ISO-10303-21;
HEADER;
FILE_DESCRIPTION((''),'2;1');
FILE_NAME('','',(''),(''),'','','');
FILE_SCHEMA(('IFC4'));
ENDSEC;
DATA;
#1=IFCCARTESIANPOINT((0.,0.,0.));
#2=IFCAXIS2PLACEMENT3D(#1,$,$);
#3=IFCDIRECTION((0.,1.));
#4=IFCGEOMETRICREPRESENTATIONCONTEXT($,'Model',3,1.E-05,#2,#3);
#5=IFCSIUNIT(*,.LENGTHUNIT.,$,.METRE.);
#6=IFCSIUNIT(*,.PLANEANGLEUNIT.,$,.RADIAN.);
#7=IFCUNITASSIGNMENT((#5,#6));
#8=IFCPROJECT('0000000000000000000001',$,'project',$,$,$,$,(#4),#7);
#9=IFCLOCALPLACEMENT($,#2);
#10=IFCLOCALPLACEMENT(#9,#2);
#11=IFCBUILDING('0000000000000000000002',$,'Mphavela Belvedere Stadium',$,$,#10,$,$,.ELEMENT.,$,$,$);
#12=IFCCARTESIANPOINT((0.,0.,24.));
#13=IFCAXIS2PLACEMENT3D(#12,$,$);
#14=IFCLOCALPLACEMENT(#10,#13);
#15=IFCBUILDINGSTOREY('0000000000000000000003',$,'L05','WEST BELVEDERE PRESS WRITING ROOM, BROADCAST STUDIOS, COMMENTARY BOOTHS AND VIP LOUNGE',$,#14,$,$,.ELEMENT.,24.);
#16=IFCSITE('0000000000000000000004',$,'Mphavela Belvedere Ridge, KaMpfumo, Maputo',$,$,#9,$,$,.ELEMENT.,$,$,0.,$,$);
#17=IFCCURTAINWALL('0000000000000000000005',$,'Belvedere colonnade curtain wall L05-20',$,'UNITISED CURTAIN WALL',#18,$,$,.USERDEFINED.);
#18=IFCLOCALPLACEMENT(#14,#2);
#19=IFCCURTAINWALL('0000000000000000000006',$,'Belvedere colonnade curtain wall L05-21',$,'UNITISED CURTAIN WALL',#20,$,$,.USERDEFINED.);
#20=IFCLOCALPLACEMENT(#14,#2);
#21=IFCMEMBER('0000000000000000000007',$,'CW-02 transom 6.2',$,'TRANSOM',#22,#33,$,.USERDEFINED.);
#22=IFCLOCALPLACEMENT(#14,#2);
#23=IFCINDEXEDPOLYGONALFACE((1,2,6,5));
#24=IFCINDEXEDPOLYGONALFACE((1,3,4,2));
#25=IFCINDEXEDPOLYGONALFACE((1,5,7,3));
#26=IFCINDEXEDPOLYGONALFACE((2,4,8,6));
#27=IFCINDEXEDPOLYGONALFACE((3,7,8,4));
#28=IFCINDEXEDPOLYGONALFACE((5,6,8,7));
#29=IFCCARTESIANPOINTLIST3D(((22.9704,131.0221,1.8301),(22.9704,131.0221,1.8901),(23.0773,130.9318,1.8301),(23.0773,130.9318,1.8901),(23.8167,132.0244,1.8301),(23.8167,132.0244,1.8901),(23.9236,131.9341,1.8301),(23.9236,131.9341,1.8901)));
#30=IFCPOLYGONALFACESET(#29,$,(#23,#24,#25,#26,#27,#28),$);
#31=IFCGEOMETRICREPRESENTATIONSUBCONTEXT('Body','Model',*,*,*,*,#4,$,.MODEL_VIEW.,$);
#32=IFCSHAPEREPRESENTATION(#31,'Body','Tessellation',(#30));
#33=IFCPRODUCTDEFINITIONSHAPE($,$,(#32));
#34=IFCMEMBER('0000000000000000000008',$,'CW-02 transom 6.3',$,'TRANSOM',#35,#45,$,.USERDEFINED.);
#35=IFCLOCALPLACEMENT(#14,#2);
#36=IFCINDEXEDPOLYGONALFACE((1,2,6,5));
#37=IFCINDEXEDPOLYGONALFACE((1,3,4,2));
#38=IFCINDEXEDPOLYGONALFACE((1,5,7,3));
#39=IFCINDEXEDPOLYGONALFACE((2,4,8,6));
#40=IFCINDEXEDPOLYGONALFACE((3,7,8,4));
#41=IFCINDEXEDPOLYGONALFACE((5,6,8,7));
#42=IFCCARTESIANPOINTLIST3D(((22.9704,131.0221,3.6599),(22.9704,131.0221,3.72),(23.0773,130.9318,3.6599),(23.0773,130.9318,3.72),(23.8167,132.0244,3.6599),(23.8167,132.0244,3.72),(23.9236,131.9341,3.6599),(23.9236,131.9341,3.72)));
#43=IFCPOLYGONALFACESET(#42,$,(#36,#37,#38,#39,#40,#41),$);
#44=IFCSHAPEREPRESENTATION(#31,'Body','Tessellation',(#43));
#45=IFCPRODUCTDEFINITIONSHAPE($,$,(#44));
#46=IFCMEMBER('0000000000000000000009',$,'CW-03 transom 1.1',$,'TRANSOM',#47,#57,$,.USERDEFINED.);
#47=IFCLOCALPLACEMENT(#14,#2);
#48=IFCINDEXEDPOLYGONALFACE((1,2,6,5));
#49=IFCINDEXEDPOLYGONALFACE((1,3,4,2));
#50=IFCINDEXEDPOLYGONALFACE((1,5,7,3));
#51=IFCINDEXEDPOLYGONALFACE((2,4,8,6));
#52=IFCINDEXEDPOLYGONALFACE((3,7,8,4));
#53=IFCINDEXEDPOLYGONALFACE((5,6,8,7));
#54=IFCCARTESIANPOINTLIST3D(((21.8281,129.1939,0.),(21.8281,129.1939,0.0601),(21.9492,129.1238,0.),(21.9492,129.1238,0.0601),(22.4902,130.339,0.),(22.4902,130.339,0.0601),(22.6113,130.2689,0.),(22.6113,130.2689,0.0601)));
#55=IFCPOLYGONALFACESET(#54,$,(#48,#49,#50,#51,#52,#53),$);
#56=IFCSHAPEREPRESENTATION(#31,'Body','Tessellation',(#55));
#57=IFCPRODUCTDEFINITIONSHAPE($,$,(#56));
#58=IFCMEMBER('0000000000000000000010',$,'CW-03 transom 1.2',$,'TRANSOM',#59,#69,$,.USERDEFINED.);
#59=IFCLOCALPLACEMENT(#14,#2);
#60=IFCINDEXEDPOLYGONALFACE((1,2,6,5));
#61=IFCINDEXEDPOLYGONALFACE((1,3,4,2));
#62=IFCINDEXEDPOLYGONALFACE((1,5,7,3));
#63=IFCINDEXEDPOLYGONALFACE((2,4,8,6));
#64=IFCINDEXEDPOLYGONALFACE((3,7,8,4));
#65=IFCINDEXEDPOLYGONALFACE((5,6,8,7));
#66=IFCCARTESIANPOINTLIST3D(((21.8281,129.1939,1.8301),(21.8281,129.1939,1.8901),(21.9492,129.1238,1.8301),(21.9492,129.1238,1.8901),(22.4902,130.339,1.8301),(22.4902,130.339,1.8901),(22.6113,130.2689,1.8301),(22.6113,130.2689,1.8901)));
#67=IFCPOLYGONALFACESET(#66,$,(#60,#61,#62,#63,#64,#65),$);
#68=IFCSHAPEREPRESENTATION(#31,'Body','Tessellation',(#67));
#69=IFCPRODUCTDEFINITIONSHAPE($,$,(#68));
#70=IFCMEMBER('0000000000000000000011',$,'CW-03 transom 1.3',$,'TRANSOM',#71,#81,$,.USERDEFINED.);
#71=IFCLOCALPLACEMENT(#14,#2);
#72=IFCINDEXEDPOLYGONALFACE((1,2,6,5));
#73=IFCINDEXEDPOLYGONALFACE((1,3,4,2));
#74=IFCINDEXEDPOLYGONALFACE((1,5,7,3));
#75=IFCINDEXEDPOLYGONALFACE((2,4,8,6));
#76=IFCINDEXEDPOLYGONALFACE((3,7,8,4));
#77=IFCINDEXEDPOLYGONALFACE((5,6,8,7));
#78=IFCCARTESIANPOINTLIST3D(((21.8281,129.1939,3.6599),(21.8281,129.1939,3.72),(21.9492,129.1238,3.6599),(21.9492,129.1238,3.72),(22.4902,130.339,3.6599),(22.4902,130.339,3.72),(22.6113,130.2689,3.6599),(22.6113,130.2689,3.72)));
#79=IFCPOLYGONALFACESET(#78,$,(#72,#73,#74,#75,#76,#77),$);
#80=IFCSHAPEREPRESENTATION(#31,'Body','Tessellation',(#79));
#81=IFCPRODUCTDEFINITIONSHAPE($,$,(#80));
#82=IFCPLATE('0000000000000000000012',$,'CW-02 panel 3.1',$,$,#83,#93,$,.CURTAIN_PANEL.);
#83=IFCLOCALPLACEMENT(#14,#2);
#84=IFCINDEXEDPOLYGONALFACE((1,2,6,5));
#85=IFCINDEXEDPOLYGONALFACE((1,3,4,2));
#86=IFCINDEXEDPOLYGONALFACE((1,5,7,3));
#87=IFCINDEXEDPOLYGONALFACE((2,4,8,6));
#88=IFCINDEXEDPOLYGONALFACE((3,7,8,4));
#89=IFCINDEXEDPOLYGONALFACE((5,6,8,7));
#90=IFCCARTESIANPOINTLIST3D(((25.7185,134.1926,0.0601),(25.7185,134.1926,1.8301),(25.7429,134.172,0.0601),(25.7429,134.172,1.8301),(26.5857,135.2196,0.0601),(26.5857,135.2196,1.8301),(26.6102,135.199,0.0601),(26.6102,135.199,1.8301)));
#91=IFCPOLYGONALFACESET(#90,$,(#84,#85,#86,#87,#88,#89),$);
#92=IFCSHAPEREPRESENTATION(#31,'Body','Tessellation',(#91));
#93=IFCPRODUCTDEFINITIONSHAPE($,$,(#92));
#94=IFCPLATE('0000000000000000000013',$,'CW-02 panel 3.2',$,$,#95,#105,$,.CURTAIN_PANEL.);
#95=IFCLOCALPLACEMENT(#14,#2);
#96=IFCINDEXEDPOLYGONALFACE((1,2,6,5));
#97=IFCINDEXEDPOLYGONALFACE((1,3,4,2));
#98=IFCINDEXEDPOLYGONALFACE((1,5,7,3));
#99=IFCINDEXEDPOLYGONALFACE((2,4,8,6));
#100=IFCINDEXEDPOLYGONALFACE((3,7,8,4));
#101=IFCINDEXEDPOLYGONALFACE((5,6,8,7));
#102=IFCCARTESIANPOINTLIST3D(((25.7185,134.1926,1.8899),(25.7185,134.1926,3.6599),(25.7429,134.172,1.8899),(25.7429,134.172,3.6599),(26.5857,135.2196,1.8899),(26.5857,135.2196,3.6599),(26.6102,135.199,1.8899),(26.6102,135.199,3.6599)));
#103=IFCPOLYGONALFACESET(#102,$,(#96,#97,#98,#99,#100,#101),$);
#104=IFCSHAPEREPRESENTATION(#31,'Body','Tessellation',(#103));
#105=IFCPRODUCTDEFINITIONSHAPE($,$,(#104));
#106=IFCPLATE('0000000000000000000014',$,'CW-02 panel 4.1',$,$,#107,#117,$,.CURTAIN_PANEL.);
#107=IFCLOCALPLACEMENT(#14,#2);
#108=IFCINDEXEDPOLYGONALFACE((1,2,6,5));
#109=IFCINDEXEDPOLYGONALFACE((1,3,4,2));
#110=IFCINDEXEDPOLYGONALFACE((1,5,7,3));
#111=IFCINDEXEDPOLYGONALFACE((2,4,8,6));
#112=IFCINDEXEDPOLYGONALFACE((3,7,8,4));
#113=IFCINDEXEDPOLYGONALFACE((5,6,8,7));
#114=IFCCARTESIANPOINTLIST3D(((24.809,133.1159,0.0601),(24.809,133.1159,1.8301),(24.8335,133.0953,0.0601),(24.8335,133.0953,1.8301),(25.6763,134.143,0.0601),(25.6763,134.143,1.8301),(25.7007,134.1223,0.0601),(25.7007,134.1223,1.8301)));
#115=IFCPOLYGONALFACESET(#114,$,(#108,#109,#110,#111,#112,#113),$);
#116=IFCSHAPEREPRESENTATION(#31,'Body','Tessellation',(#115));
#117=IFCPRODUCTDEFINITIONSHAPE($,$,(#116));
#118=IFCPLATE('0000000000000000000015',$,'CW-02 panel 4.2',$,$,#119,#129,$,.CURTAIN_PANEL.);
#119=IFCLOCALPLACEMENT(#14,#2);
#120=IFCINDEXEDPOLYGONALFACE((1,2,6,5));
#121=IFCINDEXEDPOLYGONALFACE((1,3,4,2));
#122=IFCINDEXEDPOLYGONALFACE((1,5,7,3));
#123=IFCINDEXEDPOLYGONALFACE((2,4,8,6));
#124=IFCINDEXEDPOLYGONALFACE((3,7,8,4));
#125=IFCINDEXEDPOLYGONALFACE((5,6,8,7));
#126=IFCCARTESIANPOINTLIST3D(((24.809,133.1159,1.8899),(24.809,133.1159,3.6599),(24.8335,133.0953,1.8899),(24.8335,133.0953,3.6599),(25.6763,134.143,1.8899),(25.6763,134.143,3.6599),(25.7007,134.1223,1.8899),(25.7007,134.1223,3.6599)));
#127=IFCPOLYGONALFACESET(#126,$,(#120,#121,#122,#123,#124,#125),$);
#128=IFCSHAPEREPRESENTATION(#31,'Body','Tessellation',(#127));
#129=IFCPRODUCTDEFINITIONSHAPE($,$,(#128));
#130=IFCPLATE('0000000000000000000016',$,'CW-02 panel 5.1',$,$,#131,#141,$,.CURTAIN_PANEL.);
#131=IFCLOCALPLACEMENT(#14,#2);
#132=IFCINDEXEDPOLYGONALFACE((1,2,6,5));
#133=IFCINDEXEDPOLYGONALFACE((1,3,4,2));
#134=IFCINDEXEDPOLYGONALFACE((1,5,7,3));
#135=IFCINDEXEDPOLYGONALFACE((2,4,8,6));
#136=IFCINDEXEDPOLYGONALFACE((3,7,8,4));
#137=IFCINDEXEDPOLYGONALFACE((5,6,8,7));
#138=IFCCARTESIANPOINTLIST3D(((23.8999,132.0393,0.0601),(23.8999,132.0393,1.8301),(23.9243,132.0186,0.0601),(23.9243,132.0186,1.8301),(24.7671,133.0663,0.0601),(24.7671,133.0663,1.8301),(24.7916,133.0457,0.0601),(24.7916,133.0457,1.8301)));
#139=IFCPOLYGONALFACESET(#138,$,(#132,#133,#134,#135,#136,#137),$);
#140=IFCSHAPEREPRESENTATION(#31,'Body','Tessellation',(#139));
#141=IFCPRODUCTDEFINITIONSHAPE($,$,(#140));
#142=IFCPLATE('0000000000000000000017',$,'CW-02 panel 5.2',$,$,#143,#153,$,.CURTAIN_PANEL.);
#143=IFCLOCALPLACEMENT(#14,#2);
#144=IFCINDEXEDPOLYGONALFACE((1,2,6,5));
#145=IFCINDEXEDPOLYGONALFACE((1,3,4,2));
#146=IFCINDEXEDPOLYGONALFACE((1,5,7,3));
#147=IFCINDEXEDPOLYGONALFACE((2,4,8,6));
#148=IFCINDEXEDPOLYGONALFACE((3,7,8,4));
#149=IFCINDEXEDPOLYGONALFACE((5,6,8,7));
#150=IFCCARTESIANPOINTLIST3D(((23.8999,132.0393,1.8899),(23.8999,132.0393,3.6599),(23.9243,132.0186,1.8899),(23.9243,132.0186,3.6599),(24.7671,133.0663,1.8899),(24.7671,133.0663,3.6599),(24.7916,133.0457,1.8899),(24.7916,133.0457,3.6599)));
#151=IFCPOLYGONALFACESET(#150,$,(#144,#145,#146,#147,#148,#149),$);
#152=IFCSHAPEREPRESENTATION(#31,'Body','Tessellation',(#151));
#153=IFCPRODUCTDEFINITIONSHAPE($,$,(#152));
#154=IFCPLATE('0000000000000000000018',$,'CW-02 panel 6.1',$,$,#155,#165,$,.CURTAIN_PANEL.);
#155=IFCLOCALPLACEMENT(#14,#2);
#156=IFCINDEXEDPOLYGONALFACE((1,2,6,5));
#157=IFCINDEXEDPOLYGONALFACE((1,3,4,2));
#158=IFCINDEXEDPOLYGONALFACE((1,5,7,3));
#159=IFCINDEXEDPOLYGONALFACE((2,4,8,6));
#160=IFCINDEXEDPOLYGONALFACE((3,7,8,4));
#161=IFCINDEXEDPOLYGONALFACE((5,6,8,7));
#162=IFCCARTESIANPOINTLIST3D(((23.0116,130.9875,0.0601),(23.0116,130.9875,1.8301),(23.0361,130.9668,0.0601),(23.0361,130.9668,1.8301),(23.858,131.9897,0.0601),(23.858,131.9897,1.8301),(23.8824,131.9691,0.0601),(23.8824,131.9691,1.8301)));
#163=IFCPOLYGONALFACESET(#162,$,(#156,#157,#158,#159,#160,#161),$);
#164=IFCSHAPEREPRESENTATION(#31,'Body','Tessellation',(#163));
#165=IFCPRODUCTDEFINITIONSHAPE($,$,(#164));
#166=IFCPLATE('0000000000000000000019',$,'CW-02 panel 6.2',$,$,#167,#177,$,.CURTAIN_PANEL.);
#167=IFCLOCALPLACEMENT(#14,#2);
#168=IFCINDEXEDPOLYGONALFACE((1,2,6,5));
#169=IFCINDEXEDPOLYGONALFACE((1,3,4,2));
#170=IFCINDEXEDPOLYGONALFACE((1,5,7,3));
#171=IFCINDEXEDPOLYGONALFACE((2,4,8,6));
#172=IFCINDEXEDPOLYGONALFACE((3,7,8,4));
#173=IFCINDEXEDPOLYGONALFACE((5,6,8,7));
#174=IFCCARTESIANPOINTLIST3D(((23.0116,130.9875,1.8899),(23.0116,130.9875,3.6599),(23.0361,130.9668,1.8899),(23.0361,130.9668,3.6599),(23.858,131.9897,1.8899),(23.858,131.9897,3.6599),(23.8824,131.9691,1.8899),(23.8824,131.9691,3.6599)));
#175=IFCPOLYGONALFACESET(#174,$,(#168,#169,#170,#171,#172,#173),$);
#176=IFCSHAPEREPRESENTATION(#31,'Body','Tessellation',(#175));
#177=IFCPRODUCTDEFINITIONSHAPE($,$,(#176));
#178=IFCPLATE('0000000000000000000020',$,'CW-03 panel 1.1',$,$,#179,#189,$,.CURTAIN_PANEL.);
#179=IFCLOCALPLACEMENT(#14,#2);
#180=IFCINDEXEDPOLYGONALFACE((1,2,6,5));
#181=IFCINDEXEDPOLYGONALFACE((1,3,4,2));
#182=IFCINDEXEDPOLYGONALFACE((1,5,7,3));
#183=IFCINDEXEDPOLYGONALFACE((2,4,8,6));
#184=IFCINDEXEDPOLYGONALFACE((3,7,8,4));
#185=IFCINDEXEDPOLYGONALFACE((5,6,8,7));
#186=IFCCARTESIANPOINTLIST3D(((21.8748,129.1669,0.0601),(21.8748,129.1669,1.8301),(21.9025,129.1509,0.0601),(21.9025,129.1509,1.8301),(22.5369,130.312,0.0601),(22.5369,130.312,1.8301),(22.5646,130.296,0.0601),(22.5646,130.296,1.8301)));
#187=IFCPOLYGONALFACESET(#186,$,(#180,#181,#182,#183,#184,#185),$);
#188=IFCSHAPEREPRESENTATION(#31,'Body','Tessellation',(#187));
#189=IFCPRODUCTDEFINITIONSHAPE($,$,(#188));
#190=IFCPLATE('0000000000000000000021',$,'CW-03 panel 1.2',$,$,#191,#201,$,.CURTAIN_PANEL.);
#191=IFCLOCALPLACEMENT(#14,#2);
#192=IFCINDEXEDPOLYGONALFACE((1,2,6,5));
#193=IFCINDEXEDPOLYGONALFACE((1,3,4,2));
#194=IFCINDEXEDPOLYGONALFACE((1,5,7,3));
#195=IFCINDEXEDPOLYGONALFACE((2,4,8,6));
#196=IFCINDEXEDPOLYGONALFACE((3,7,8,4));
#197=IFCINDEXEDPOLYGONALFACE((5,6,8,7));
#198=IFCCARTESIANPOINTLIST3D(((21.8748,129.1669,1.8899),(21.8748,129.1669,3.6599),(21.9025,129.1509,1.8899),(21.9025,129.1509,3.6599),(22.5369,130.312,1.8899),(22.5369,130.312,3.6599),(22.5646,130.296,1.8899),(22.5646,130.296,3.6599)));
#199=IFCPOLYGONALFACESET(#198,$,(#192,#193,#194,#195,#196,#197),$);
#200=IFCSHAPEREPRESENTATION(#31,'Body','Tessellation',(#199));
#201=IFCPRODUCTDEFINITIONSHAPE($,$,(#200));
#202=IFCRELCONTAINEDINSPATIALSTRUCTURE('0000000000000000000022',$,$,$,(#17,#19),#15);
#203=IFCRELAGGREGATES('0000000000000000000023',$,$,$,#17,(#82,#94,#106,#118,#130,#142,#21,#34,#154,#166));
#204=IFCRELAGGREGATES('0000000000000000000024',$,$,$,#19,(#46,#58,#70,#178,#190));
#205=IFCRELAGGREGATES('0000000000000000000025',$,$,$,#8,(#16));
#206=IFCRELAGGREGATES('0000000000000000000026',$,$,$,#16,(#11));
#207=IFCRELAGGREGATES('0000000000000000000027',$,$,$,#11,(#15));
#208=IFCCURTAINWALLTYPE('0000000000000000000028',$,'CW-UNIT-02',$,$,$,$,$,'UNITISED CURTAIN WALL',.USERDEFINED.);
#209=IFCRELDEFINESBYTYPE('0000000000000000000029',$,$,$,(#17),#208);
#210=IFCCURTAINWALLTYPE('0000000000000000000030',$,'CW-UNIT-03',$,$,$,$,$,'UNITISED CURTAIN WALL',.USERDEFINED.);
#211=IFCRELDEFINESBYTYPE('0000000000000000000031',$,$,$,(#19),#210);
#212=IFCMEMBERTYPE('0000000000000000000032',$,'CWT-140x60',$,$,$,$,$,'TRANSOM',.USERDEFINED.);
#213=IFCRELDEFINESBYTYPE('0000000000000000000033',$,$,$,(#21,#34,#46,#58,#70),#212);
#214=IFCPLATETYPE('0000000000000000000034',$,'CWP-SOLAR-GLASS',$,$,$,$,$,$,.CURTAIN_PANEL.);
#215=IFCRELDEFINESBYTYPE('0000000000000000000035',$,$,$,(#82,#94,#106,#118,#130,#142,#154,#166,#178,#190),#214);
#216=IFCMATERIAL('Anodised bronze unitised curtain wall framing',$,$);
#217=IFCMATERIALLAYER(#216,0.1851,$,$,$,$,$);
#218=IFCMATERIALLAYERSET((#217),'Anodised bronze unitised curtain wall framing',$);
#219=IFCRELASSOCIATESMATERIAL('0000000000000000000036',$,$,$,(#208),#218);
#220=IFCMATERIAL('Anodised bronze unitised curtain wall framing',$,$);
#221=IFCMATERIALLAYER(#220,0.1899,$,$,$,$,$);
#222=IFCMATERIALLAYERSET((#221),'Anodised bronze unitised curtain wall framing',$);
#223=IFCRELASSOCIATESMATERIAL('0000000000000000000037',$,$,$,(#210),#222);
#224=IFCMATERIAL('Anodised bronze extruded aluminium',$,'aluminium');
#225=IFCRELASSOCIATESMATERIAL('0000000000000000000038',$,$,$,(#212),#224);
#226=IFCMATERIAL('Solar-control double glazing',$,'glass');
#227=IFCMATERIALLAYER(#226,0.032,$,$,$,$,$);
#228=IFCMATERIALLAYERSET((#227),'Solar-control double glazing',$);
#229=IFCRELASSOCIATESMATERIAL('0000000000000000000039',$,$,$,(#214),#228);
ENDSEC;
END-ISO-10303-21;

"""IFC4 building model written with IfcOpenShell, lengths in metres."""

from ifc_helpers import new_model, si_unit, direction, frame, origin, origin_2d, place, context, subcontext, project, spatial, rectangle, extrude, material, layer, layer_set, material_profile, profile_set, type_object, element, aggregate, save


model = new_model("IFC4")

# Units and contexts
model_context = context("Model", 3, precision=1e-05, world=origin(), true_north=direction((0.0, 1.0)))
body_context = subcontext(model_context, "Body", "Model", "MODEL_VIEW")
ifc_project = project(units=[si_unit("LENGTHUNIT", "METRE"), si_unit("PLANEANGLEUNIT", "RADIAN")], contexts=[model_context])

# Site, building, storey
site_placement = place(None, origin())
site = spatial("IfcSite", under=ifc_project, at=site_placement, Name="Mphavela Belvedere Ridge, KaMpfumo, Maputo", CompositionType="ELEMENT", RefElevation=0.0)
building_placement = place(site_placement, origin())
building = spatial("IfcBuilding", under=site, at=building_placement, Name="Mphavela Belvedere Stadium", CompositionType="ELEMENT")
storey_placement = place(building_placement, frame((0.0, 0.0, 24.0)))
storey = spatial("IfcBuildingStorey", under=building, at=storey_placement, Name="L05", Description="WEST BELVEDERE PRESS WRITING ROOM, BROADCAST STUDIOS, COMMENTARY BOOTHS AND VIP LOUNGE", CompositionType="ELEMENT", Elevation=24.0)

# Curtain wall
ifc_material_1 = material(Name="Anodised bronze unitised curtain wall framing")
ifc_layer_1 = layer(ifc_material_1, 0.1851)
ifc_layer_set_1 = layer_set([ifc_layer_1], Name="Anodised bronze unitised curtain wall framing")
curtain_wall_type_1 = type_object("IfcCurtainWallType", Name="CW-UNIT-02", ElementType="UNITISED CURTAIN WALL", PredefinedType="USERDEFINED", material=ifc_layer_set_1)
curtain_wall_1_placement = place(storey_placement, origin())
curtain_wall_1 = element("IfcCurtainWall", 1, at=curtain_wall_1_placement, inside=storey, type_object=curtain_wall_type_1, Name="Belvedere colonnade curtain wall L05-20", ObjectType="UNITISED CURTAIN WALL", PredefinedType="USERDEFINED")

# Curtain wall
ifc_material_2 = material(Name="Anodised bronze unitised curtain wall framing")
ifc_layer_2 = layer(ifc_material_2, 0.1899)
ifc_layer_set_2 = layer_set([ifc_layer_2], Name="Anodised bronze unitised curtain wall framing")
curtain_wall_type_2 = type_object("IfcCurtainWallType", Name="CW-UNIT-03", ElementType="UNITISED CURTAIN WALL", PredefinedType="USERDEFINED", material=ifc_layer_set_2)
curtain_wall_2_placement = place(storey_placement, origin())
curtain_wall_2 = element("IfcCurtainWall", 2, at=curtain_wall_2_placement, inside=storey, type_object=curtain_wall_type_2, Name="Belvedere colonnade curtain wall L05-21", ObjectType="UNITISED CURTAIN WALL", PredefinedType="USERDEFINED")

# Members
ifc_material_3 = material(Name="Anodised bronze extruded aluminium", Category="aluminium")
ifc_material_profile_1 = material_profile(ifc_material_3, rectangle(XDim=0.1399, YDim=0.0601, at=origin_2d()), Name="CW-TRN 140x60")
ifc_profile_set_1 = profile_set([ifc_material_profile_1], Name="Anodised bronze extruded aluminium")
member_type_1 = type_object("IfcMemberType", Name="CWT-140x60", ElementType="TRANSOM", PredefinedType="USERDEFINED", material=ifc_profile_set_1)
member_1_placement = place(storey_placement, frame((23.8701, 131.9792, 1.8601), z_axis=(-0.645133, -0.764071, 0.0), x_axis=(0.764071, -0.645133, 0.0)))
member_1 = element("IfcMember", 3, at=member_1_placement, type_object=member_type_1, Name="CW-02 transom 6.2", ObjectType="TRANSOM", PredefinedType="USERDEFINED", context=body_context, shape_type="SweptSolid", body=[
    extrude(rectangle(XDim=0.1399, YDim=0.0601, at=origin_2d()), origin(), (0.0, 0.0, 1.0), 1.3118),
])
member_2_placement = place(storey_placement, frame((23.8701, 131.9792, 3.6899), z_axis=(-0.645133, -0.764071, 0.0), x_axis=(0.764071, -0.645133, 0.0)))
member_2 = element("IfcMember", 4, at=member_2_placement, type_object=member_type_1, Name="CW-02 transom 6.3", ObjectType="TRANSOM", PredefinedType="USERDEFINED", context=body_context, shape_type="SweptSolid", body=[
    extrude(rectangle(XDim=0.1399, YDim=0.0601, at=origin_2d()), origin(), (0.0, 0.0, 1.0), 1.3118),
])
member_3_placement = place(storey_placement, frame((22.5508, 130.304, 0.03), z_axis=(-0.500585, -0.865687, 0.0), x_axis=(0.865687, -0.500585, 0.0)))
member_3 = element("IfcMember", 5, at=member_3_placement, type_object=member_type_1, Name="CW-03 transom 1.1", ObjectType="TRANSOM", PredefinedType="USERDEFINED", context=body_context, shape_type="SweptSolid", body=[
    extrude(rectangle(XDim=0.1399, YDim=0.0601, at=origin_2d()), origin(), (0.0, 0.0, 1.0), 1.3228),
])
member_4_placement = place(storey_placement, frame((22.5508, 130.304, 1.8601), z_axis=(-0.500585, -0.865687, 0.0), x_axis=(0.865687, -0.500585, 0.0)))
member_4 = element("IfcMember", 6, at=member_4_placement, type_object=member_type_1, Name="CW-03 transom 1.2", ObjectType="TRANSOM", PredefinedType="USERDEFINED", context=body_context, shape_type="SweptSolid", body=[
    extrude(rectangle(XDim=0.1399, YDim=0.0601, at=origin_2d()), origin(), (0.0, 0.0, 1.0), 1.3228),
])
member_5_placement = place(storey_placement, frame((22.5508, 130.304, 3.6899), z_axis=(-0.500585, -0.865687, 0.0), x_axis=(0.865687, -0.500585, 0.0)))
member_5 = element("IfcMember", 7, at=member_5_placement, type_object=member_type_1, Name="CW-03 transom 1.3", ObjectType="TRANSOM", PredefinedType="USERDEFINED", context=body_context, shape_type="SweptSolid", body=[
    extrude(rectangle(XDim=0.1399, YDim=0.0601, at=origin_2d()), origin(), (0.0, 0.0, 1.0), 1.3228),
])

# Plates
ifc_material_4 = material(Name="Solar-control double glazing", Category="glass")
ifc_layer_3 = layer(ifc_material_4, 0.032)
ifc_layer_set_3 = layer_set([ifc_layer_3], Name="Solar-control double glazing")
plate_type = type_object("IfcPlateType", Name="CWP-SOLAR-GLASS", PredefinedType="CURTAIN_PANEL", material=ifc_layer_set_3)
plate_1_placement = place(storey_placement, frame((26.1643, 134.6958, 0.0601), z_axis=(0.0, 0.0, 1.0), x_axis=(-0.645175, -0.764035, 0.0)))
plate_1 = element("IfcPlate", 8, at=plate_1_placement, type_object=plate_type, Name="CW-02 panel 3.1", PredefinedType="CURTAIN_PANEL", context=body_context, shape_type="SweptSolid", body=[
    extrude(rectangle(XDim=1.3442, YDim=0.032, at=origin_2d()), origin(), (0.0, 0.0, 1.0), 1.77),
])
plate_2_placement = place(storey_placement, frame((26.1643, 134.6958, 1.8899), z_axis=(0.0, 0.0, 1.0), x_axis=(-0.645175, -0.764035, 0.0)))
plate_2 = element("IfcPlate", 9, at=plate_2_placement, type_object=plate_type, Name="CW-02 panel 3.2", PredefinedType="CURTAIN_PANEL", context=body_context, shape_type="SweptSolid", body=[
    extrude(rectangle(XDim=1.3442, YDim=0.032, at=origin_2d()), origin(), (0.0, 0.0, 1.0), 1.77),
])
plate_3_placement = place(storey_placement, frame((25.2549, 133.6191, 0.0601), z_axis=(0.0, 0.0, 1.0), x_axis=(-0.645175, -0.764035, 0.0)))
plate_3 = element("IfcPlate", 10, at=plate_3_placement, type_object=plate_type, Name="CW-02 panel 4.1", PredefinedType="CURTAIN_PANEL", context=body_context, shape_type="SweptSolid", body=[
    extrude(rectangle(XDim=1.3442, YDim=0.032, at=origin_2d()), origin(), (0.0, 0.0, 1.0), 1.77),
])
plate_4_placement = place(storey_placement, frame((25.2549, 133.6191, 1.8899), z_axis=(0.0, 0.0, 1.0), x_axis=(-0.645175, -0.764035, 0.0)))
plate_4 = element("IfcPlate", 11, at=plate_4_placement, type_object=plate_type, Name="CW-02 panel 4.2", PredefinedType="CURTAIN_PANEL", context=body_context, shape_type="SweptSolid", body=[
    extrude(rectangle(XDim=1.3442, YDim=0.032, at=origin_2d()), origin(), (0.0, 0.0, 1.0), 1.77),
])
plate_5_placement = place(storey_placement, frame((24.3457, 132.5425, 0.0601), z_axis=(0.0, 0.0, 1.0), x_axis=(-0.645175, -0.764035, 0.0)))
plate_5 = element("IfcPlate", 12, at=plate_5_placement, type_object=plate_type, Name="CW-02 panel 5.1", PredefinedType="CURTAIN_PANEL", context=body_context, shape_type="SweptSolid", body=[
    extrude(rectangle(XDim=1.3442, YDim=0.032, at=origin_2d()), origin(), (0.0, 0.0, 1.0), 1.77),
])
plate_6_placement = place(storey_placement, frame((24.3457, 132.5425, 1.8899), z_axis=(0.0, 0.0, 1.0), x_axis=(-0.645175, -0.764035, 0.0)))
plate_6 = element("IfcPlate", 13, at=plate_6_placement, type_object=plate_type, Name="CW-02 panel 5.2", PredefinedType="CURTAIN_PANEL", context=body_context, shape_type="SweptSolid", body=[
    extrude(rectangle(XDim=1.3442, YDim=0.032, at=origin_2d()), origin(), (0.0, 0.0, 1.0), 1.77),
])
plate_7_placement = place(storey_placement, frame((23.447, 131.4783, 0.0601), z_axis=(0.0, 0.0, 1.0), x_axis=(-0.645175, -0.764035, 0.0)))
plate_7 = element("IfcPlate", 14, at=plate_7_placement, type_object=plate_type, Name="CW-02 panel 6.1", PredefinedType="CURTAIN_PANEL", context=body_context, shape_type="SweptSolid", body=[
    extrude(rectangle(XDim=1.3118, YDim=0.032, at=origin_2d()), origin(), (0.0, 0.0, 1.0), 1.77),
])
plate_8_placement = place(storey_placement, frame((23.447, 131.4783, 1.8899), z_axis=(0.0, 0.0, 1.0), x_axis=(-0.645175, -0.764035, 0.0)))
plate_8 = element("IfcPlate", 15, at=plate_8_placement, type_object=plate_type, Name="CW-02 panel 6.2", PredefinedType="CURTAIN_PANEL", context=body_context, shape_type="SweptSolid", body=[
    extrude(rectangle(XDim=1.3118, YDim=0.032, at=origin_2d()), origin(), (0.0, 0.0, 1.0), 1.77),
])
aggregate(curtain_wall_1, [plate_1, plate_2, plate_3, plate_4, plate_5, plate_6, member_1, member_2, plate_7, plate_8])
plate_9_placement = place(storey_placement, frame((22.2197, 129.7314, 0.0601), z_axis=(0.0, 0.0, 1.0), x_axis=(-0.500556, -0.865704, 0.0)))
plate_9 = element("IfcPlate", 16, at=plate_9_placement, type_object=plate_type, Name="CW-03 panel 1.1", PredefinedType="CURTAIN_PANEL", context=body_context, shape_type="SweptSolid", body=[
    extrude(rectangle(XDim=1.3228, YDim=0.032, at=origin_2d()), origin(), (0.0, 0.0, 1.0), 1.77),
])
plate_10_placement = place(storey_placement, frame((22.2197, 129.7314, 1.8899), z_axis=(0.0, 0.0, 1.0), x_axis=(-0.500556, -0.865704, 0.0)))
plate_10 = element("IfcPlate", 17, at=plate_10_placement, type_object=plate_type, Name="CW-03 panel 1.2", PredefinedType="CURTAIN_PANEL", context=body_context, shape_type="SweptSolid", body=[
    extrude(rectangle(XDim=1.3228, YDim=0.032, at=origin_2d()), origin(), (0.0, 0.0, 1.0), 1.77),
])
aggregate(curtain_wall_2, [member_3, member_4, member_5, plate_9, plate_10])

save(model, "model.ifc")
